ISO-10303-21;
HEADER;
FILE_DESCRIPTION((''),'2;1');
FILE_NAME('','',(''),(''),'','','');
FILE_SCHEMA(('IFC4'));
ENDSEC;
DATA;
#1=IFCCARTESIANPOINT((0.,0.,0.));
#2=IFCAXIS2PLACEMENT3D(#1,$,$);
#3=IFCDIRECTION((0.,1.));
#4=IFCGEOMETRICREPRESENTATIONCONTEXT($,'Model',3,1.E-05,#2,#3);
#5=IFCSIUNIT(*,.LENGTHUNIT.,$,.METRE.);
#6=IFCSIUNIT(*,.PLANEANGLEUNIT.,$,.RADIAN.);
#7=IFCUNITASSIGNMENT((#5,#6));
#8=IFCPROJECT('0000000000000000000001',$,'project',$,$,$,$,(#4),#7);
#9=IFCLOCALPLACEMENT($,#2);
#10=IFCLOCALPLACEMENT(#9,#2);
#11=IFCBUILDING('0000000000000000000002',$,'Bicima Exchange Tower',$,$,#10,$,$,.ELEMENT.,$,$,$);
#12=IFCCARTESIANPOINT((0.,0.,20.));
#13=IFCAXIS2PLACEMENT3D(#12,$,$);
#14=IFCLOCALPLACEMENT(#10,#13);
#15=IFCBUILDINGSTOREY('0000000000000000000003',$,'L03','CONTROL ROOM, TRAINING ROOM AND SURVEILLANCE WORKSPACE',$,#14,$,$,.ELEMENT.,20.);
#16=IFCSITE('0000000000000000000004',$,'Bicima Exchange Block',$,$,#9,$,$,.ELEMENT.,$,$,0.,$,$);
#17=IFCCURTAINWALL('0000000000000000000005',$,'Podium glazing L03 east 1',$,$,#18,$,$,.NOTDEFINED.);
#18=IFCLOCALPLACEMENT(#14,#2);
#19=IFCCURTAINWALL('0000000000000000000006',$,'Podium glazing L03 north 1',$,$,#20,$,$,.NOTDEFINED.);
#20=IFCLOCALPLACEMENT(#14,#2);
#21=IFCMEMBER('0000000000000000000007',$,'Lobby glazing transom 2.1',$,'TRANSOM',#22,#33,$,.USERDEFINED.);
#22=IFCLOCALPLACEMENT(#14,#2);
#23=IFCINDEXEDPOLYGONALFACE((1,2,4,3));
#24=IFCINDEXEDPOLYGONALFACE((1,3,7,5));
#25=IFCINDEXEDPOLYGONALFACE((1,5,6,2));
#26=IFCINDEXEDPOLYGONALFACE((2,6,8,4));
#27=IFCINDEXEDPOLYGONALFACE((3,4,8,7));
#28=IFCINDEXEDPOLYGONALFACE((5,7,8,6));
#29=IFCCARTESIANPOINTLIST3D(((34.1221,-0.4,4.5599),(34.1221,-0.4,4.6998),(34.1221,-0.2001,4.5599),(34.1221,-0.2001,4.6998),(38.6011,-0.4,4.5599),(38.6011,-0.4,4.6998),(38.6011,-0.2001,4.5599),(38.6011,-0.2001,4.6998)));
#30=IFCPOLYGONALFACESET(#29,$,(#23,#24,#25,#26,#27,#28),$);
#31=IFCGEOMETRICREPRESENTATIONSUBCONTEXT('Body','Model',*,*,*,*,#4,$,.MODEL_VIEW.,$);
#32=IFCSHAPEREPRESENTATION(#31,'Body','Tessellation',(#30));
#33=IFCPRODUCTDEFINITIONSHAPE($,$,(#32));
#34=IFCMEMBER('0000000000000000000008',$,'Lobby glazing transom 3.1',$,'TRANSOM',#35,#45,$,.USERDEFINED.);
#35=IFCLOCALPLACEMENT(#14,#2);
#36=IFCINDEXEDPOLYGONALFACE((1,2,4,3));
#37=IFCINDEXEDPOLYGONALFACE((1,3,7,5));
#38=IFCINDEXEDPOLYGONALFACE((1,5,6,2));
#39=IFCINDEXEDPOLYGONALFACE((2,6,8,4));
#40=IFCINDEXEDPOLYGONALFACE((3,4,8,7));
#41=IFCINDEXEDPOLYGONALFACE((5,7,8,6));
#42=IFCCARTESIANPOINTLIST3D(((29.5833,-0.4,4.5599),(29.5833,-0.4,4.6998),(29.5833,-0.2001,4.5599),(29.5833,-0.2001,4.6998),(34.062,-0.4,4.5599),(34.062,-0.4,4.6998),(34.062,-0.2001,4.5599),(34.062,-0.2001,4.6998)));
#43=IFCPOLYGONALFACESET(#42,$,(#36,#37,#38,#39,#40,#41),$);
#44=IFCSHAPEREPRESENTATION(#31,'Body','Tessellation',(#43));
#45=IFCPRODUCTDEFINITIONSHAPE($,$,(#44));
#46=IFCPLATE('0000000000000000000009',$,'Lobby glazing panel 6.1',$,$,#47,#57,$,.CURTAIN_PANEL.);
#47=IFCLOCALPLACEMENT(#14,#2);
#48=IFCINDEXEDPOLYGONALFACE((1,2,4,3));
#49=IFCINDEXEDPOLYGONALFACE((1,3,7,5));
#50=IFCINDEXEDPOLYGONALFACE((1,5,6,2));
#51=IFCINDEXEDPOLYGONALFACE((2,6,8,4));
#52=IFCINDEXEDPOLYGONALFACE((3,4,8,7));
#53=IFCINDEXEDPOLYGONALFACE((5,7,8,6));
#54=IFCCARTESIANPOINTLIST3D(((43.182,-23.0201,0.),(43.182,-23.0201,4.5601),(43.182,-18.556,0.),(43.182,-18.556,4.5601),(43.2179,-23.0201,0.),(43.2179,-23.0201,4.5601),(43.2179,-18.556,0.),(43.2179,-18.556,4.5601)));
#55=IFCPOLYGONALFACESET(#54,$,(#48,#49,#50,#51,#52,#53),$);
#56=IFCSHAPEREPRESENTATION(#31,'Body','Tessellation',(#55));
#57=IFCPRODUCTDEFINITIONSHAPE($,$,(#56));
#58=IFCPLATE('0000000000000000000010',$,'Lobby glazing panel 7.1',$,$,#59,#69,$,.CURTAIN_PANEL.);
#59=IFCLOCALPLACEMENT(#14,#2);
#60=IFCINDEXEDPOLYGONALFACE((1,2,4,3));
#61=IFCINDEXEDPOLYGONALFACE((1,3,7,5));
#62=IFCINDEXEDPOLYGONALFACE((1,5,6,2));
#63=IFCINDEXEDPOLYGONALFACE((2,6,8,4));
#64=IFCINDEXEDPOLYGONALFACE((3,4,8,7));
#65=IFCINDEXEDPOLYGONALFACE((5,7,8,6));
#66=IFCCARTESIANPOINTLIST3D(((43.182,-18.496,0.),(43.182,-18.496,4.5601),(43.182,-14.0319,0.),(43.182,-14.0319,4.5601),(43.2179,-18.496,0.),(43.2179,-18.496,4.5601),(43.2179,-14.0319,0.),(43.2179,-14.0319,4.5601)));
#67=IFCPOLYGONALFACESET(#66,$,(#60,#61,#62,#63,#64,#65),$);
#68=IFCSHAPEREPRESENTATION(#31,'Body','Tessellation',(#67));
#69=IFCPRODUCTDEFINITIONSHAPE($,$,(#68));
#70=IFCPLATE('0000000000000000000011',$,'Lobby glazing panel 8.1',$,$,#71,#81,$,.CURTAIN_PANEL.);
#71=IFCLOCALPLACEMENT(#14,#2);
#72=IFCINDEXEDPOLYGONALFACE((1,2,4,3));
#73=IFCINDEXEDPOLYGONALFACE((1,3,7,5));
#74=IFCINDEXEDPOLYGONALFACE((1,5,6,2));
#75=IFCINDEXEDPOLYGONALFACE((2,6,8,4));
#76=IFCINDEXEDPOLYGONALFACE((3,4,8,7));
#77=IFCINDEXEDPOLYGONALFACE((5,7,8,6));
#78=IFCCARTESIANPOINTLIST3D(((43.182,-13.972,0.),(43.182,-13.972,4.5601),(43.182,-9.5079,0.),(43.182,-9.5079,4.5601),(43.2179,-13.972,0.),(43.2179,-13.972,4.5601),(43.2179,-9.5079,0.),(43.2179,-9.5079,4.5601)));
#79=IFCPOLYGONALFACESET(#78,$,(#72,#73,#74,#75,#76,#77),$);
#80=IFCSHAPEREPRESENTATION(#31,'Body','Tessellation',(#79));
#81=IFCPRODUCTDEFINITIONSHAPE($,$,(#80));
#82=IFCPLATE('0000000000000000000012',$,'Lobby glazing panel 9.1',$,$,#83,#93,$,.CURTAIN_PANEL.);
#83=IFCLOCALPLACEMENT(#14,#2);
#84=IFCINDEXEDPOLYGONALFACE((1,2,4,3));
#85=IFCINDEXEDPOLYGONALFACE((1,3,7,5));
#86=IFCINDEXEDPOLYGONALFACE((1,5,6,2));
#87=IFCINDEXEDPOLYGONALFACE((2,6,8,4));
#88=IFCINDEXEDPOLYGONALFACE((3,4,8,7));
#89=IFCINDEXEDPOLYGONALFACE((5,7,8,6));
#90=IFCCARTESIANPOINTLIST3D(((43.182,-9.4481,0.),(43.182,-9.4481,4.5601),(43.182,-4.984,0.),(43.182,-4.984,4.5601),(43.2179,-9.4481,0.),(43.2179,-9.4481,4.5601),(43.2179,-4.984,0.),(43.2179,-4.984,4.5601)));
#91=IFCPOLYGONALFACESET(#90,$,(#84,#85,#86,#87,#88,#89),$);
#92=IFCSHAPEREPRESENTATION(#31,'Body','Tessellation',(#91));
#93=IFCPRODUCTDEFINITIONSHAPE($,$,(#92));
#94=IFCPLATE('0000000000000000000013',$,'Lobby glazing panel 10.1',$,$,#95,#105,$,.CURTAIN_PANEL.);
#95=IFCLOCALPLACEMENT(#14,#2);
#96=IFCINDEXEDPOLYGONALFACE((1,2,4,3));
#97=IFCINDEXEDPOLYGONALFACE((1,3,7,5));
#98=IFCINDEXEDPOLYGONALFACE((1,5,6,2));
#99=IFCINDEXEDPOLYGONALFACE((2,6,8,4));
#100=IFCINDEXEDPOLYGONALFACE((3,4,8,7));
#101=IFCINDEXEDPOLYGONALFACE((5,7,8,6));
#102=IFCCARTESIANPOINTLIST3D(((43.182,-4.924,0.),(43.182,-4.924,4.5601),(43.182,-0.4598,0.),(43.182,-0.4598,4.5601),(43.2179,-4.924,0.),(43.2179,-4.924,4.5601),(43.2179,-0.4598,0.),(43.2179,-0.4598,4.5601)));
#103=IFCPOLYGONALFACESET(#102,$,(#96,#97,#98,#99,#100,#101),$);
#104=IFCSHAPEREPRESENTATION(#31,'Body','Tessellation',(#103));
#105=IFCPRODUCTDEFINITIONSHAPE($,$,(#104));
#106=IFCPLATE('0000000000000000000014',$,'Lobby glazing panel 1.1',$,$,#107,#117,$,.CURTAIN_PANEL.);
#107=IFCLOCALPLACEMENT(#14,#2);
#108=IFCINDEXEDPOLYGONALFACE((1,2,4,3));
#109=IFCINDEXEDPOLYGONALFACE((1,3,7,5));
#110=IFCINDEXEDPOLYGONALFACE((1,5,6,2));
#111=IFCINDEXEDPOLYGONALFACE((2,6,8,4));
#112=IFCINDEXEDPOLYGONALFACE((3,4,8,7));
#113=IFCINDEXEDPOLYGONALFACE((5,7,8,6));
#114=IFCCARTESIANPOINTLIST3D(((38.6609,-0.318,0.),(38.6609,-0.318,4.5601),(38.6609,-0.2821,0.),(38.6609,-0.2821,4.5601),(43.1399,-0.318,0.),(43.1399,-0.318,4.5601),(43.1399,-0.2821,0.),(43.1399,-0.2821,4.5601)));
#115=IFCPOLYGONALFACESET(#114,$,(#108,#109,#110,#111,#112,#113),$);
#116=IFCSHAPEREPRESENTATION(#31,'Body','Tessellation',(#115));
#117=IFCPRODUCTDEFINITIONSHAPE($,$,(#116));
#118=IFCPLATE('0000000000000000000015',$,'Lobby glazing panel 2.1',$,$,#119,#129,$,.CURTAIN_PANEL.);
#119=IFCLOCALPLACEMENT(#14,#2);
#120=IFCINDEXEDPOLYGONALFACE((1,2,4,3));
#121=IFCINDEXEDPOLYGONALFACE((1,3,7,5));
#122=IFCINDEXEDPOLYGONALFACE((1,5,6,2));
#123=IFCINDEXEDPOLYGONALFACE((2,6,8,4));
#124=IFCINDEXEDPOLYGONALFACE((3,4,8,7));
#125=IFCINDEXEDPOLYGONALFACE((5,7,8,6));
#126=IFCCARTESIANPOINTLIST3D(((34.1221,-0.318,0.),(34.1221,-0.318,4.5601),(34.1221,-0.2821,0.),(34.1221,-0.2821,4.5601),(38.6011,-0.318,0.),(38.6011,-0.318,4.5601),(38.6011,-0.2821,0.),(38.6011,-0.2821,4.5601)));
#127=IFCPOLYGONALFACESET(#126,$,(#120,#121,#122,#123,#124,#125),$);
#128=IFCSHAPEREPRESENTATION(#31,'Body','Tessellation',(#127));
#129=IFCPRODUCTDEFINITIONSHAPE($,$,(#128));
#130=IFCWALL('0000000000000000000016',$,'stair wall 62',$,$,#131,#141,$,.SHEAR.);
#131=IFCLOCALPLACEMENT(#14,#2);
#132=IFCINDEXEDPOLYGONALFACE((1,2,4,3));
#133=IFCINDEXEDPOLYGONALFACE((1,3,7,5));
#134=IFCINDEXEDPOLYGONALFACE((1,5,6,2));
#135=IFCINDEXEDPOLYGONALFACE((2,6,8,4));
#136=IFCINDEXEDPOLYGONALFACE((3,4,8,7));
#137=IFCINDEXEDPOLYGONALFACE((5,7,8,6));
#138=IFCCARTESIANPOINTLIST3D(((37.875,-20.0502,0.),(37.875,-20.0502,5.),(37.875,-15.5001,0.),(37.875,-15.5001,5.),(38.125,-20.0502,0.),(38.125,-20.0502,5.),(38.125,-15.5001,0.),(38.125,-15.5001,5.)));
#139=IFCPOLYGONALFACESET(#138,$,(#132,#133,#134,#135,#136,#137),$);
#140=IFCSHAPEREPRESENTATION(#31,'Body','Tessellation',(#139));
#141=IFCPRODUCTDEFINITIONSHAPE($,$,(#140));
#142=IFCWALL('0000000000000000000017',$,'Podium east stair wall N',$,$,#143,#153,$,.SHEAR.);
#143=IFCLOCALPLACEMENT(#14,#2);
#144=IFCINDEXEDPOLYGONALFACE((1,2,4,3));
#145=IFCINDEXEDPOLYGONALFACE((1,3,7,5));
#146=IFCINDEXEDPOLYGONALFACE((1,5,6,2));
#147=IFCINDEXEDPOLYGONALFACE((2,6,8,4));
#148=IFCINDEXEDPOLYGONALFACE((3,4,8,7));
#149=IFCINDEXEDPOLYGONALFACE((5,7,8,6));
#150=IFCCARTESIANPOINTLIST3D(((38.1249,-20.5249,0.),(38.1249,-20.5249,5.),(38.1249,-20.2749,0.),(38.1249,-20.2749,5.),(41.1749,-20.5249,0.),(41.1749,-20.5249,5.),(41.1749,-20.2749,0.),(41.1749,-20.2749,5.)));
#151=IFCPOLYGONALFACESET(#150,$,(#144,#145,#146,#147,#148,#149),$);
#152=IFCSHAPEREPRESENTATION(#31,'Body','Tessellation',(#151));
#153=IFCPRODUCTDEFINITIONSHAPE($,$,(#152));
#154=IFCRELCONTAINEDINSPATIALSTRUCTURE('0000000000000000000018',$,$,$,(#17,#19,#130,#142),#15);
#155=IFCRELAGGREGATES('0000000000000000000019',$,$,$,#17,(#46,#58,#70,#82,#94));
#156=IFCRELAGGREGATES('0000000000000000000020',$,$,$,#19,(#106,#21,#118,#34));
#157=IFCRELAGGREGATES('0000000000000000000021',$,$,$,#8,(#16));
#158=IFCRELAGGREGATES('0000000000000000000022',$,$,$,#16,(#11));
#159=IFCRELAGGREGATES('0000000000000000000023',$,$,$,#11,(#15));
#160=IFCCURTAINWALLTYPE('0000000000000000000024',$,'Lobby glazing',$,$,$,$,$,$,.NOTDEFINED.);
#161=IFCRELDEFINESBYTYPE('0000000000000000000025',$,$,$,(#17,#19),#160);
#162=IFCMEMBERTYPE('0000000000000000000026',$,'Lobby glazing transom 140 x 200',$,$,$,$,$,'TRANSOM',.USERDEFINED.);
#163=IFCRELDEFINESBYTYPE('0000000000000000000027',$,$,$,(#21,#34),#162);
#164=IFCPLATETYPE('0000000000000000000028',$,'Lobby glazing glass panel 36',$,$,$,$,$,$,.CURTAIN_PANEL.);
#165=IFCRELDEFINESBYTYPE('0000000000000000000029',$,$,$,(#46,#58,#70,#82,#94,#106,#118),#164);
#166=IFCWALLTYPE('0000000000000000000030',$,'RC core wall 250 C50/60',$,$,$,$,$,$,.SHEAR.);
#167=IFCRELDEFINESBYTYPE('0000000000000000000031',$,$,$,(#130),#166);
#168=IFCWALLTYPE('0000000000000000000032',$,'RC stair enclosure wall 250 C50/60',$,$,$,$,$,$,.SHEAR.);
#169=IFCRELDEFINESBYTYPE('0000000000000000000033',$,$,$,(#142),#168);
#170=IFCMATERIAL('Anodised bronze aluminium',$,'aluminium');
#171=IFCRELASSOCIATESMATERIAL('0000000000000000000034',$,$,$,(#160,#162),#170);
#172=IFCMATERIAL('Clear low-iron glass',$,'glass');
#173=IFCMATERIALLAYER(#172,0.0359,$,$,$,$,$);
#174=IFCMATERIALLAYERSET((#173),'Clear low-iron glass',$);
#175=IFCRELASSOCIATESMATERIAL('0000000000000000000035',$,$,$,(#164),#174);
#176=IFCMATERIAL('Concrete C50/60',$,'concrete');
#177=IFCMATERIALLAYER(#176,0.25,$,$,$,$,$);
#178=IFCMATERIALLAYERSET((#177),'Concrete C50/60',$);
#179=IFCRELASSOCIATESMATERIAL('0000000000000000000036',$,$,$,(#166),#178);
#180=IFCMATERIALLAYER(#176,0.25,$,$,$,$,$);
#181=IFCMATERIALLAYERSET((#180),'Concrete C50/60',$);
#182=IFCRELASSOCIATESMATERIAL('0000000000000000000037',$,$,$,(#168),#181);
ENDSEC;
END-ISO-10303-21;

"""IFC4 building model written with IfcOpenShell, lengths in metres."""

from ifc_helpers import new_model, si_unit, direction, frame, frame_2d, origin, origin_2d, place, context, subcontext, project, spatial, rectangle, extrude, material, layer, layer_set, material_profile, profile_set, type_object, element, aggregate, save


model = new_model("IFC4")

# Units and contexts
model_context = context("Model", 3, precision=1e-05, world=origin(), true_north=direction((0.0, 1.0)))
body_context = subcontext(model_context, "Body", "Model", "MODEL_VIEW")
ifc_project = project(units=[si_unit("LENGTHUNIT", "METRE"), si_unit("PLANEANGLEUNIT", "RADIAN")], contexts=[model_context])

# Site, building, storey
site_placement = place(None, origin())
site = spatial("IfcSite", under=ifc_project, at=site_placement, Name="Bicima Exchange Block", CompositionType="ELEMENT", RefElevation=0.0)
building_placement = place(site_placement, origin())
building = spatial("IfcBuilding", under=site, at=building_placement, Name="Bicima Exchange Tower", CompositionType="ELEMENT")
storey_placement = place(building_placement, frame((0.0, 0.0, 20.0)))
storey = spatial("IfcBuildingStorey", under=building, at=storey_placement, Name="L03", Description="CONTROL ROOM, TRAINING ROOM AND SURVEILLANCE WORKSPACE", CompositionType="ELEMENT", Elevation=20.0)

# Curtain walls
ifc_material_1 = material(Name="Anodised bronze aluminium", Category="aluminium")
curtain_wall_type = type_object("IfcCurtainWallType", Name="Lobby glazing", PredefinedType="NOTDEFINED", material=ifc_material_1)
curtain_wall_1_placement = place(storey_placement, origin())
curtain_wall_1 = element("IfcCurtainWall", 1, at=curtain_wall_1_placement, inside=storey, type_object=curtain_wall_type, Name="Podium glazing L03 east 1", PredefinedType="NOTDEFINED")
curtain_wall_2_placement = place(storey_placement, origin())
curtain_wall_2 = element("IfcCurtainWall", 2, at=curtain_wall_2_placement, inside=storey, type_object=curtain_wall_type, Name="Podium glazing L03 north 1", PredefinedType="NOTDEFINED")

# Members
ifc_material_profile_1 = material_profile(ifc_material_1, rectangle(XDim=0.2, YDim=0.1399, at=origin_2d()))
ifc_profile_set_1 = profile_set([ifc_material_profile_1], Name="Anodised bronze aluminium")
member_type_1 = type_object("IfcMemberType", Name="Lobby glazing transom 140 x 200", ElementType="TRANSOM", PredefinedType="USERDEFINED", material=ifc_profile_set_1)
member_1_placement = place(storey_placement, frame((38.6011, -0.3, 4.6299), z_axis=(-1.0, 0.0, 0.0), x_axis=(0.0, -1.0, 0.0)))
member_1 = element("IfcMember", 3, at=member_1_placement, type_object=member_type_1, Name="Lobby glazing transom 2.1", ObjectType="TRANSOM", PredefinedType="USERDEFINED", context=body_context, shape_type="SweptSolid", body=[
    extrude(rectangle(XDim=0.2, YDim=0.1399, at=origin_2d()), origin(), (0.0, 0.0, 1.0), 4.479),
])
member_2_placement = place(storey_placement, frame((34.062, -0.3, 4.6299), z_axis=(-1.0, 0.0, 0.0), x_axis=(0.0, -1.0, 0.0)))
member_2 = element("IfcMember", 4, at=member_2_placement, type_object=member_type_1, Name="Lobby glazing transom 3.1", ObjectType="TRANSOM", PredefinedType="USERDEFINED", context=body_context, shape_type="SweptSolid", body=[
    extrude(rectangle(XDim=0.2, YDim=0.1399, at=origin_2d()), origin(), (0.0, 0.0, 1.0), 4.4788),
])

# Plates
ifc_material_2 = material(Name="Clear low-iron glass", Category="glass")
ifc_layer_1 = layer(ifc_material_2, 0.0359)
ifc_layer_set_1 = layer_set([ifc_layer_1], Name="Clear low-iron glass")
plate_type = type_object("IfcPlateType", Name="Lobby glazing glass panel 36", PredefinedType="CURTAIN_PANEL", material=ifc_layer_set_1)
plate_1_placement = place(storey_placement, frame((43.2, -20.7881, 0.0), z_axis=(0.0, 0.0, 1.0), x_axis=(0.0, 1.0, 0.0)))
plate_1 = element("IfcPlate", 5, at=plate_1_placement, type_object=plate_type, Name="Lobby glazing panel 6.1", PredefinedType="CURTAIN_PANEL", context=body_context, shape_type="SweptSolid", body=[
    extrude(rectangle(XDim=4.4641, YDim=0.0359, at=origin_2d()), origin(), (0.0, 0.0, 1.0), 4.5601),
])
plate_2_placement = place(storey_placement, frame((43.2, -16.2639, 0.0), z_axis=(0.0, 0.0, 1.0), x_axis=(0.0, 1.0, 0.0)))
plate_2 = element("IfcPlate", 6, at=plate_2_placement, type_object=plate_type, Name="Lobby glazing panel 7.1", PredefinedType="CURTAIN_PANEL", context=body_context, shape_type="SweptSolid", body=[
    extrude(rectangle(XDim=4.4641, YDim=0.0359, at=origin_2d()), origin(), (0.0, 0.0, 1.0), 4.5601),
])
plate_3_placement = place(storey_placement, frame((43.2, -11.74, 0.0), z_axis=(0.0, 0.0, 1.0), x_axis=(0.0, 1.0, 0.0)))
plate_3 = element("IfcPlate", 7, at=plate_3_placement, type_object=plate_type, Name="Lobby glazing panel 8.1", PredefinedType="CURTAIN_PANEL", context=body_context, shape_type="SweptSolid", body=[
    extrude(rectangle(XDim=4.4641, YDim=0.0359, at=origin_2d()), origin(), (0.0, 0.0, 1.0), 4.5601),
])
plate_4_placement = place(storey_placement, frame((43.2, -7.2161, 0.0), z_axis=(0.0, 0.0, 1.0), x_axis=(0.0, 1.0, 0.0)))
plate_4 = element("IfcPlate", 8, at=plate_4_placement, type_object=plate_type, Name="Lobby glazing panel 9.1", PredefinedType="CURTAIN_PANEL", context=body_context, shape_type="SweptSolid", body=[
    extrude(rectangle(XDim=4.4641, YDim=0.0359, at=origin_2d()), origin(), (0.0, 0.0, 1.0), 4.5601),
])
plate_5_placement = place(storey_placement, frame((43.2, -2.6919, 0.0), z_axis=(0.0, 0.0, 1.0), x_axis=(0.0, 1.0, 0.0)))
plate_5 = element("IfcPlate", 9, at=plate_5_placement, type_object=plate_type, Name="Lobby glazing panel 10.1", PredefinedType="CURTAIN_PANEL", context=body_context, shape_type="SweptSolid", body=[
    extrude(rectangle(XDim=4.4641, YDim=0.0359, at=origin_2d()), origin(), (0.0, 0.0, 1.0), 4.5601),
])
aggregate(curtain_wall_1, [plate_1, plate_2, plate_3, plate_4, plate_5])
plate_6_placement = place(storey_placement, frame((40.9004, -0.3, 0.0), z_axis=(0.0, 0.0, 1.0), x_axis=(-1.0, 0.0, 0.0)))
plate_6 = element("IfcPlate", 10, at=plate_6_placement, type_object=plate_type, Name="Lobby glazing panel 1.1", PredefinedType="CURTAIN_PANEL", context=body_context, shape_type="SweptSolid", body=[
    extrude(rectangle(XDim=4.479, YDim=0.0359, at=origin_2d()), origin(), (0.0, 0.0, 1.0), 4.5601),
])
plate_7_placement = place(storey_placement, frame((36.3616, -0.3, 0.0), z_axis=(0.0, 0.0, 1.0), x_axis=(-1.0, 0.0, 0.0)))
plate_7 = element("IfcPlate", 11, at=plate_7_placement, type_object=plate_type, Name="Lobby glazing panel 2.1", PredefinedType="CURTAIN_PANEL", context=body_context, shape_type="SweptSolid", body=[
    extrude(rectangle(XDim=4.479, YDim=0.0359, at=origin_2d()), origin(), (0.0, 0.0, 1.0), 4.5601),
])
aggregate(curtain_wall_2, [plate_6, member_1, plate_7, member_2])

# Walls
ifc_material_3 = material(Name="Concrete C50/60", Category="concrete")
ifc_layer_2 = layer(ifc_material_3, 0.25)
ifc_layer_set_2 = layer_set([ifc_layer_2], Name="Concrete C50/60")
wall_type_1 = type_object("IfcWallType", Name="RC core wall 250 C50/60", PredefinedType="SHEAR", material=ifc_layer_set_2)
wall_1_placement = place(storey_placement, frame((38.0, -20.05, 0.0), z_axis=(0.0, 0.0, 1.0), x_axis=(0.0, 1.0, 0.0)))
element("IfcWall", 12, at=wall_1_placement, inside=storey, type_object=wall_type_1, Name="stair wall 62", PredefinedType="SHEAR", context=body_context, shape_type="SweptSolid", body=[
    extrude(rectangle(XDim=4.55, YDim=0.25, at=frame_2d((2.2749, 0.0))), origin(), (0.0, 0.0, 1.0), 5.0),
])
ifc_layer_3 = layer(ifc_material_3, 0.25)
ifc_layer_set_3 = layer_set([ifc_layer_3], Name="Concrete C50/60")
wall_type_2 = type_object("IfcWallType", Name="RC stair enclosure wall 250 C50/60", PredefinedType="SHEAR", material=ifc_layer_set_3)
wall_2_placement = place(storey_placement, frame((38.125, -20.3999, 0.0), z_axis=(0.0, 0.0, 1.0), x_axis=(1.0, 0.0, 0.0)))
element("IfcWall", 13, at=wall_2_placement, inside=storey, type_object=wall_type_2, Name="Podium east stair wall N", PredefinedType="SHEAR", context=body_context, shape_type="SweptSolid", body=[
    extrude(rectangle(XDim=3.05, YDim=0.25, at=frame_2d((1.5249, 0.0))), origin(), (0.0, 0.0, 1.0), 5.0),
])

save(model, "model.ifc")
